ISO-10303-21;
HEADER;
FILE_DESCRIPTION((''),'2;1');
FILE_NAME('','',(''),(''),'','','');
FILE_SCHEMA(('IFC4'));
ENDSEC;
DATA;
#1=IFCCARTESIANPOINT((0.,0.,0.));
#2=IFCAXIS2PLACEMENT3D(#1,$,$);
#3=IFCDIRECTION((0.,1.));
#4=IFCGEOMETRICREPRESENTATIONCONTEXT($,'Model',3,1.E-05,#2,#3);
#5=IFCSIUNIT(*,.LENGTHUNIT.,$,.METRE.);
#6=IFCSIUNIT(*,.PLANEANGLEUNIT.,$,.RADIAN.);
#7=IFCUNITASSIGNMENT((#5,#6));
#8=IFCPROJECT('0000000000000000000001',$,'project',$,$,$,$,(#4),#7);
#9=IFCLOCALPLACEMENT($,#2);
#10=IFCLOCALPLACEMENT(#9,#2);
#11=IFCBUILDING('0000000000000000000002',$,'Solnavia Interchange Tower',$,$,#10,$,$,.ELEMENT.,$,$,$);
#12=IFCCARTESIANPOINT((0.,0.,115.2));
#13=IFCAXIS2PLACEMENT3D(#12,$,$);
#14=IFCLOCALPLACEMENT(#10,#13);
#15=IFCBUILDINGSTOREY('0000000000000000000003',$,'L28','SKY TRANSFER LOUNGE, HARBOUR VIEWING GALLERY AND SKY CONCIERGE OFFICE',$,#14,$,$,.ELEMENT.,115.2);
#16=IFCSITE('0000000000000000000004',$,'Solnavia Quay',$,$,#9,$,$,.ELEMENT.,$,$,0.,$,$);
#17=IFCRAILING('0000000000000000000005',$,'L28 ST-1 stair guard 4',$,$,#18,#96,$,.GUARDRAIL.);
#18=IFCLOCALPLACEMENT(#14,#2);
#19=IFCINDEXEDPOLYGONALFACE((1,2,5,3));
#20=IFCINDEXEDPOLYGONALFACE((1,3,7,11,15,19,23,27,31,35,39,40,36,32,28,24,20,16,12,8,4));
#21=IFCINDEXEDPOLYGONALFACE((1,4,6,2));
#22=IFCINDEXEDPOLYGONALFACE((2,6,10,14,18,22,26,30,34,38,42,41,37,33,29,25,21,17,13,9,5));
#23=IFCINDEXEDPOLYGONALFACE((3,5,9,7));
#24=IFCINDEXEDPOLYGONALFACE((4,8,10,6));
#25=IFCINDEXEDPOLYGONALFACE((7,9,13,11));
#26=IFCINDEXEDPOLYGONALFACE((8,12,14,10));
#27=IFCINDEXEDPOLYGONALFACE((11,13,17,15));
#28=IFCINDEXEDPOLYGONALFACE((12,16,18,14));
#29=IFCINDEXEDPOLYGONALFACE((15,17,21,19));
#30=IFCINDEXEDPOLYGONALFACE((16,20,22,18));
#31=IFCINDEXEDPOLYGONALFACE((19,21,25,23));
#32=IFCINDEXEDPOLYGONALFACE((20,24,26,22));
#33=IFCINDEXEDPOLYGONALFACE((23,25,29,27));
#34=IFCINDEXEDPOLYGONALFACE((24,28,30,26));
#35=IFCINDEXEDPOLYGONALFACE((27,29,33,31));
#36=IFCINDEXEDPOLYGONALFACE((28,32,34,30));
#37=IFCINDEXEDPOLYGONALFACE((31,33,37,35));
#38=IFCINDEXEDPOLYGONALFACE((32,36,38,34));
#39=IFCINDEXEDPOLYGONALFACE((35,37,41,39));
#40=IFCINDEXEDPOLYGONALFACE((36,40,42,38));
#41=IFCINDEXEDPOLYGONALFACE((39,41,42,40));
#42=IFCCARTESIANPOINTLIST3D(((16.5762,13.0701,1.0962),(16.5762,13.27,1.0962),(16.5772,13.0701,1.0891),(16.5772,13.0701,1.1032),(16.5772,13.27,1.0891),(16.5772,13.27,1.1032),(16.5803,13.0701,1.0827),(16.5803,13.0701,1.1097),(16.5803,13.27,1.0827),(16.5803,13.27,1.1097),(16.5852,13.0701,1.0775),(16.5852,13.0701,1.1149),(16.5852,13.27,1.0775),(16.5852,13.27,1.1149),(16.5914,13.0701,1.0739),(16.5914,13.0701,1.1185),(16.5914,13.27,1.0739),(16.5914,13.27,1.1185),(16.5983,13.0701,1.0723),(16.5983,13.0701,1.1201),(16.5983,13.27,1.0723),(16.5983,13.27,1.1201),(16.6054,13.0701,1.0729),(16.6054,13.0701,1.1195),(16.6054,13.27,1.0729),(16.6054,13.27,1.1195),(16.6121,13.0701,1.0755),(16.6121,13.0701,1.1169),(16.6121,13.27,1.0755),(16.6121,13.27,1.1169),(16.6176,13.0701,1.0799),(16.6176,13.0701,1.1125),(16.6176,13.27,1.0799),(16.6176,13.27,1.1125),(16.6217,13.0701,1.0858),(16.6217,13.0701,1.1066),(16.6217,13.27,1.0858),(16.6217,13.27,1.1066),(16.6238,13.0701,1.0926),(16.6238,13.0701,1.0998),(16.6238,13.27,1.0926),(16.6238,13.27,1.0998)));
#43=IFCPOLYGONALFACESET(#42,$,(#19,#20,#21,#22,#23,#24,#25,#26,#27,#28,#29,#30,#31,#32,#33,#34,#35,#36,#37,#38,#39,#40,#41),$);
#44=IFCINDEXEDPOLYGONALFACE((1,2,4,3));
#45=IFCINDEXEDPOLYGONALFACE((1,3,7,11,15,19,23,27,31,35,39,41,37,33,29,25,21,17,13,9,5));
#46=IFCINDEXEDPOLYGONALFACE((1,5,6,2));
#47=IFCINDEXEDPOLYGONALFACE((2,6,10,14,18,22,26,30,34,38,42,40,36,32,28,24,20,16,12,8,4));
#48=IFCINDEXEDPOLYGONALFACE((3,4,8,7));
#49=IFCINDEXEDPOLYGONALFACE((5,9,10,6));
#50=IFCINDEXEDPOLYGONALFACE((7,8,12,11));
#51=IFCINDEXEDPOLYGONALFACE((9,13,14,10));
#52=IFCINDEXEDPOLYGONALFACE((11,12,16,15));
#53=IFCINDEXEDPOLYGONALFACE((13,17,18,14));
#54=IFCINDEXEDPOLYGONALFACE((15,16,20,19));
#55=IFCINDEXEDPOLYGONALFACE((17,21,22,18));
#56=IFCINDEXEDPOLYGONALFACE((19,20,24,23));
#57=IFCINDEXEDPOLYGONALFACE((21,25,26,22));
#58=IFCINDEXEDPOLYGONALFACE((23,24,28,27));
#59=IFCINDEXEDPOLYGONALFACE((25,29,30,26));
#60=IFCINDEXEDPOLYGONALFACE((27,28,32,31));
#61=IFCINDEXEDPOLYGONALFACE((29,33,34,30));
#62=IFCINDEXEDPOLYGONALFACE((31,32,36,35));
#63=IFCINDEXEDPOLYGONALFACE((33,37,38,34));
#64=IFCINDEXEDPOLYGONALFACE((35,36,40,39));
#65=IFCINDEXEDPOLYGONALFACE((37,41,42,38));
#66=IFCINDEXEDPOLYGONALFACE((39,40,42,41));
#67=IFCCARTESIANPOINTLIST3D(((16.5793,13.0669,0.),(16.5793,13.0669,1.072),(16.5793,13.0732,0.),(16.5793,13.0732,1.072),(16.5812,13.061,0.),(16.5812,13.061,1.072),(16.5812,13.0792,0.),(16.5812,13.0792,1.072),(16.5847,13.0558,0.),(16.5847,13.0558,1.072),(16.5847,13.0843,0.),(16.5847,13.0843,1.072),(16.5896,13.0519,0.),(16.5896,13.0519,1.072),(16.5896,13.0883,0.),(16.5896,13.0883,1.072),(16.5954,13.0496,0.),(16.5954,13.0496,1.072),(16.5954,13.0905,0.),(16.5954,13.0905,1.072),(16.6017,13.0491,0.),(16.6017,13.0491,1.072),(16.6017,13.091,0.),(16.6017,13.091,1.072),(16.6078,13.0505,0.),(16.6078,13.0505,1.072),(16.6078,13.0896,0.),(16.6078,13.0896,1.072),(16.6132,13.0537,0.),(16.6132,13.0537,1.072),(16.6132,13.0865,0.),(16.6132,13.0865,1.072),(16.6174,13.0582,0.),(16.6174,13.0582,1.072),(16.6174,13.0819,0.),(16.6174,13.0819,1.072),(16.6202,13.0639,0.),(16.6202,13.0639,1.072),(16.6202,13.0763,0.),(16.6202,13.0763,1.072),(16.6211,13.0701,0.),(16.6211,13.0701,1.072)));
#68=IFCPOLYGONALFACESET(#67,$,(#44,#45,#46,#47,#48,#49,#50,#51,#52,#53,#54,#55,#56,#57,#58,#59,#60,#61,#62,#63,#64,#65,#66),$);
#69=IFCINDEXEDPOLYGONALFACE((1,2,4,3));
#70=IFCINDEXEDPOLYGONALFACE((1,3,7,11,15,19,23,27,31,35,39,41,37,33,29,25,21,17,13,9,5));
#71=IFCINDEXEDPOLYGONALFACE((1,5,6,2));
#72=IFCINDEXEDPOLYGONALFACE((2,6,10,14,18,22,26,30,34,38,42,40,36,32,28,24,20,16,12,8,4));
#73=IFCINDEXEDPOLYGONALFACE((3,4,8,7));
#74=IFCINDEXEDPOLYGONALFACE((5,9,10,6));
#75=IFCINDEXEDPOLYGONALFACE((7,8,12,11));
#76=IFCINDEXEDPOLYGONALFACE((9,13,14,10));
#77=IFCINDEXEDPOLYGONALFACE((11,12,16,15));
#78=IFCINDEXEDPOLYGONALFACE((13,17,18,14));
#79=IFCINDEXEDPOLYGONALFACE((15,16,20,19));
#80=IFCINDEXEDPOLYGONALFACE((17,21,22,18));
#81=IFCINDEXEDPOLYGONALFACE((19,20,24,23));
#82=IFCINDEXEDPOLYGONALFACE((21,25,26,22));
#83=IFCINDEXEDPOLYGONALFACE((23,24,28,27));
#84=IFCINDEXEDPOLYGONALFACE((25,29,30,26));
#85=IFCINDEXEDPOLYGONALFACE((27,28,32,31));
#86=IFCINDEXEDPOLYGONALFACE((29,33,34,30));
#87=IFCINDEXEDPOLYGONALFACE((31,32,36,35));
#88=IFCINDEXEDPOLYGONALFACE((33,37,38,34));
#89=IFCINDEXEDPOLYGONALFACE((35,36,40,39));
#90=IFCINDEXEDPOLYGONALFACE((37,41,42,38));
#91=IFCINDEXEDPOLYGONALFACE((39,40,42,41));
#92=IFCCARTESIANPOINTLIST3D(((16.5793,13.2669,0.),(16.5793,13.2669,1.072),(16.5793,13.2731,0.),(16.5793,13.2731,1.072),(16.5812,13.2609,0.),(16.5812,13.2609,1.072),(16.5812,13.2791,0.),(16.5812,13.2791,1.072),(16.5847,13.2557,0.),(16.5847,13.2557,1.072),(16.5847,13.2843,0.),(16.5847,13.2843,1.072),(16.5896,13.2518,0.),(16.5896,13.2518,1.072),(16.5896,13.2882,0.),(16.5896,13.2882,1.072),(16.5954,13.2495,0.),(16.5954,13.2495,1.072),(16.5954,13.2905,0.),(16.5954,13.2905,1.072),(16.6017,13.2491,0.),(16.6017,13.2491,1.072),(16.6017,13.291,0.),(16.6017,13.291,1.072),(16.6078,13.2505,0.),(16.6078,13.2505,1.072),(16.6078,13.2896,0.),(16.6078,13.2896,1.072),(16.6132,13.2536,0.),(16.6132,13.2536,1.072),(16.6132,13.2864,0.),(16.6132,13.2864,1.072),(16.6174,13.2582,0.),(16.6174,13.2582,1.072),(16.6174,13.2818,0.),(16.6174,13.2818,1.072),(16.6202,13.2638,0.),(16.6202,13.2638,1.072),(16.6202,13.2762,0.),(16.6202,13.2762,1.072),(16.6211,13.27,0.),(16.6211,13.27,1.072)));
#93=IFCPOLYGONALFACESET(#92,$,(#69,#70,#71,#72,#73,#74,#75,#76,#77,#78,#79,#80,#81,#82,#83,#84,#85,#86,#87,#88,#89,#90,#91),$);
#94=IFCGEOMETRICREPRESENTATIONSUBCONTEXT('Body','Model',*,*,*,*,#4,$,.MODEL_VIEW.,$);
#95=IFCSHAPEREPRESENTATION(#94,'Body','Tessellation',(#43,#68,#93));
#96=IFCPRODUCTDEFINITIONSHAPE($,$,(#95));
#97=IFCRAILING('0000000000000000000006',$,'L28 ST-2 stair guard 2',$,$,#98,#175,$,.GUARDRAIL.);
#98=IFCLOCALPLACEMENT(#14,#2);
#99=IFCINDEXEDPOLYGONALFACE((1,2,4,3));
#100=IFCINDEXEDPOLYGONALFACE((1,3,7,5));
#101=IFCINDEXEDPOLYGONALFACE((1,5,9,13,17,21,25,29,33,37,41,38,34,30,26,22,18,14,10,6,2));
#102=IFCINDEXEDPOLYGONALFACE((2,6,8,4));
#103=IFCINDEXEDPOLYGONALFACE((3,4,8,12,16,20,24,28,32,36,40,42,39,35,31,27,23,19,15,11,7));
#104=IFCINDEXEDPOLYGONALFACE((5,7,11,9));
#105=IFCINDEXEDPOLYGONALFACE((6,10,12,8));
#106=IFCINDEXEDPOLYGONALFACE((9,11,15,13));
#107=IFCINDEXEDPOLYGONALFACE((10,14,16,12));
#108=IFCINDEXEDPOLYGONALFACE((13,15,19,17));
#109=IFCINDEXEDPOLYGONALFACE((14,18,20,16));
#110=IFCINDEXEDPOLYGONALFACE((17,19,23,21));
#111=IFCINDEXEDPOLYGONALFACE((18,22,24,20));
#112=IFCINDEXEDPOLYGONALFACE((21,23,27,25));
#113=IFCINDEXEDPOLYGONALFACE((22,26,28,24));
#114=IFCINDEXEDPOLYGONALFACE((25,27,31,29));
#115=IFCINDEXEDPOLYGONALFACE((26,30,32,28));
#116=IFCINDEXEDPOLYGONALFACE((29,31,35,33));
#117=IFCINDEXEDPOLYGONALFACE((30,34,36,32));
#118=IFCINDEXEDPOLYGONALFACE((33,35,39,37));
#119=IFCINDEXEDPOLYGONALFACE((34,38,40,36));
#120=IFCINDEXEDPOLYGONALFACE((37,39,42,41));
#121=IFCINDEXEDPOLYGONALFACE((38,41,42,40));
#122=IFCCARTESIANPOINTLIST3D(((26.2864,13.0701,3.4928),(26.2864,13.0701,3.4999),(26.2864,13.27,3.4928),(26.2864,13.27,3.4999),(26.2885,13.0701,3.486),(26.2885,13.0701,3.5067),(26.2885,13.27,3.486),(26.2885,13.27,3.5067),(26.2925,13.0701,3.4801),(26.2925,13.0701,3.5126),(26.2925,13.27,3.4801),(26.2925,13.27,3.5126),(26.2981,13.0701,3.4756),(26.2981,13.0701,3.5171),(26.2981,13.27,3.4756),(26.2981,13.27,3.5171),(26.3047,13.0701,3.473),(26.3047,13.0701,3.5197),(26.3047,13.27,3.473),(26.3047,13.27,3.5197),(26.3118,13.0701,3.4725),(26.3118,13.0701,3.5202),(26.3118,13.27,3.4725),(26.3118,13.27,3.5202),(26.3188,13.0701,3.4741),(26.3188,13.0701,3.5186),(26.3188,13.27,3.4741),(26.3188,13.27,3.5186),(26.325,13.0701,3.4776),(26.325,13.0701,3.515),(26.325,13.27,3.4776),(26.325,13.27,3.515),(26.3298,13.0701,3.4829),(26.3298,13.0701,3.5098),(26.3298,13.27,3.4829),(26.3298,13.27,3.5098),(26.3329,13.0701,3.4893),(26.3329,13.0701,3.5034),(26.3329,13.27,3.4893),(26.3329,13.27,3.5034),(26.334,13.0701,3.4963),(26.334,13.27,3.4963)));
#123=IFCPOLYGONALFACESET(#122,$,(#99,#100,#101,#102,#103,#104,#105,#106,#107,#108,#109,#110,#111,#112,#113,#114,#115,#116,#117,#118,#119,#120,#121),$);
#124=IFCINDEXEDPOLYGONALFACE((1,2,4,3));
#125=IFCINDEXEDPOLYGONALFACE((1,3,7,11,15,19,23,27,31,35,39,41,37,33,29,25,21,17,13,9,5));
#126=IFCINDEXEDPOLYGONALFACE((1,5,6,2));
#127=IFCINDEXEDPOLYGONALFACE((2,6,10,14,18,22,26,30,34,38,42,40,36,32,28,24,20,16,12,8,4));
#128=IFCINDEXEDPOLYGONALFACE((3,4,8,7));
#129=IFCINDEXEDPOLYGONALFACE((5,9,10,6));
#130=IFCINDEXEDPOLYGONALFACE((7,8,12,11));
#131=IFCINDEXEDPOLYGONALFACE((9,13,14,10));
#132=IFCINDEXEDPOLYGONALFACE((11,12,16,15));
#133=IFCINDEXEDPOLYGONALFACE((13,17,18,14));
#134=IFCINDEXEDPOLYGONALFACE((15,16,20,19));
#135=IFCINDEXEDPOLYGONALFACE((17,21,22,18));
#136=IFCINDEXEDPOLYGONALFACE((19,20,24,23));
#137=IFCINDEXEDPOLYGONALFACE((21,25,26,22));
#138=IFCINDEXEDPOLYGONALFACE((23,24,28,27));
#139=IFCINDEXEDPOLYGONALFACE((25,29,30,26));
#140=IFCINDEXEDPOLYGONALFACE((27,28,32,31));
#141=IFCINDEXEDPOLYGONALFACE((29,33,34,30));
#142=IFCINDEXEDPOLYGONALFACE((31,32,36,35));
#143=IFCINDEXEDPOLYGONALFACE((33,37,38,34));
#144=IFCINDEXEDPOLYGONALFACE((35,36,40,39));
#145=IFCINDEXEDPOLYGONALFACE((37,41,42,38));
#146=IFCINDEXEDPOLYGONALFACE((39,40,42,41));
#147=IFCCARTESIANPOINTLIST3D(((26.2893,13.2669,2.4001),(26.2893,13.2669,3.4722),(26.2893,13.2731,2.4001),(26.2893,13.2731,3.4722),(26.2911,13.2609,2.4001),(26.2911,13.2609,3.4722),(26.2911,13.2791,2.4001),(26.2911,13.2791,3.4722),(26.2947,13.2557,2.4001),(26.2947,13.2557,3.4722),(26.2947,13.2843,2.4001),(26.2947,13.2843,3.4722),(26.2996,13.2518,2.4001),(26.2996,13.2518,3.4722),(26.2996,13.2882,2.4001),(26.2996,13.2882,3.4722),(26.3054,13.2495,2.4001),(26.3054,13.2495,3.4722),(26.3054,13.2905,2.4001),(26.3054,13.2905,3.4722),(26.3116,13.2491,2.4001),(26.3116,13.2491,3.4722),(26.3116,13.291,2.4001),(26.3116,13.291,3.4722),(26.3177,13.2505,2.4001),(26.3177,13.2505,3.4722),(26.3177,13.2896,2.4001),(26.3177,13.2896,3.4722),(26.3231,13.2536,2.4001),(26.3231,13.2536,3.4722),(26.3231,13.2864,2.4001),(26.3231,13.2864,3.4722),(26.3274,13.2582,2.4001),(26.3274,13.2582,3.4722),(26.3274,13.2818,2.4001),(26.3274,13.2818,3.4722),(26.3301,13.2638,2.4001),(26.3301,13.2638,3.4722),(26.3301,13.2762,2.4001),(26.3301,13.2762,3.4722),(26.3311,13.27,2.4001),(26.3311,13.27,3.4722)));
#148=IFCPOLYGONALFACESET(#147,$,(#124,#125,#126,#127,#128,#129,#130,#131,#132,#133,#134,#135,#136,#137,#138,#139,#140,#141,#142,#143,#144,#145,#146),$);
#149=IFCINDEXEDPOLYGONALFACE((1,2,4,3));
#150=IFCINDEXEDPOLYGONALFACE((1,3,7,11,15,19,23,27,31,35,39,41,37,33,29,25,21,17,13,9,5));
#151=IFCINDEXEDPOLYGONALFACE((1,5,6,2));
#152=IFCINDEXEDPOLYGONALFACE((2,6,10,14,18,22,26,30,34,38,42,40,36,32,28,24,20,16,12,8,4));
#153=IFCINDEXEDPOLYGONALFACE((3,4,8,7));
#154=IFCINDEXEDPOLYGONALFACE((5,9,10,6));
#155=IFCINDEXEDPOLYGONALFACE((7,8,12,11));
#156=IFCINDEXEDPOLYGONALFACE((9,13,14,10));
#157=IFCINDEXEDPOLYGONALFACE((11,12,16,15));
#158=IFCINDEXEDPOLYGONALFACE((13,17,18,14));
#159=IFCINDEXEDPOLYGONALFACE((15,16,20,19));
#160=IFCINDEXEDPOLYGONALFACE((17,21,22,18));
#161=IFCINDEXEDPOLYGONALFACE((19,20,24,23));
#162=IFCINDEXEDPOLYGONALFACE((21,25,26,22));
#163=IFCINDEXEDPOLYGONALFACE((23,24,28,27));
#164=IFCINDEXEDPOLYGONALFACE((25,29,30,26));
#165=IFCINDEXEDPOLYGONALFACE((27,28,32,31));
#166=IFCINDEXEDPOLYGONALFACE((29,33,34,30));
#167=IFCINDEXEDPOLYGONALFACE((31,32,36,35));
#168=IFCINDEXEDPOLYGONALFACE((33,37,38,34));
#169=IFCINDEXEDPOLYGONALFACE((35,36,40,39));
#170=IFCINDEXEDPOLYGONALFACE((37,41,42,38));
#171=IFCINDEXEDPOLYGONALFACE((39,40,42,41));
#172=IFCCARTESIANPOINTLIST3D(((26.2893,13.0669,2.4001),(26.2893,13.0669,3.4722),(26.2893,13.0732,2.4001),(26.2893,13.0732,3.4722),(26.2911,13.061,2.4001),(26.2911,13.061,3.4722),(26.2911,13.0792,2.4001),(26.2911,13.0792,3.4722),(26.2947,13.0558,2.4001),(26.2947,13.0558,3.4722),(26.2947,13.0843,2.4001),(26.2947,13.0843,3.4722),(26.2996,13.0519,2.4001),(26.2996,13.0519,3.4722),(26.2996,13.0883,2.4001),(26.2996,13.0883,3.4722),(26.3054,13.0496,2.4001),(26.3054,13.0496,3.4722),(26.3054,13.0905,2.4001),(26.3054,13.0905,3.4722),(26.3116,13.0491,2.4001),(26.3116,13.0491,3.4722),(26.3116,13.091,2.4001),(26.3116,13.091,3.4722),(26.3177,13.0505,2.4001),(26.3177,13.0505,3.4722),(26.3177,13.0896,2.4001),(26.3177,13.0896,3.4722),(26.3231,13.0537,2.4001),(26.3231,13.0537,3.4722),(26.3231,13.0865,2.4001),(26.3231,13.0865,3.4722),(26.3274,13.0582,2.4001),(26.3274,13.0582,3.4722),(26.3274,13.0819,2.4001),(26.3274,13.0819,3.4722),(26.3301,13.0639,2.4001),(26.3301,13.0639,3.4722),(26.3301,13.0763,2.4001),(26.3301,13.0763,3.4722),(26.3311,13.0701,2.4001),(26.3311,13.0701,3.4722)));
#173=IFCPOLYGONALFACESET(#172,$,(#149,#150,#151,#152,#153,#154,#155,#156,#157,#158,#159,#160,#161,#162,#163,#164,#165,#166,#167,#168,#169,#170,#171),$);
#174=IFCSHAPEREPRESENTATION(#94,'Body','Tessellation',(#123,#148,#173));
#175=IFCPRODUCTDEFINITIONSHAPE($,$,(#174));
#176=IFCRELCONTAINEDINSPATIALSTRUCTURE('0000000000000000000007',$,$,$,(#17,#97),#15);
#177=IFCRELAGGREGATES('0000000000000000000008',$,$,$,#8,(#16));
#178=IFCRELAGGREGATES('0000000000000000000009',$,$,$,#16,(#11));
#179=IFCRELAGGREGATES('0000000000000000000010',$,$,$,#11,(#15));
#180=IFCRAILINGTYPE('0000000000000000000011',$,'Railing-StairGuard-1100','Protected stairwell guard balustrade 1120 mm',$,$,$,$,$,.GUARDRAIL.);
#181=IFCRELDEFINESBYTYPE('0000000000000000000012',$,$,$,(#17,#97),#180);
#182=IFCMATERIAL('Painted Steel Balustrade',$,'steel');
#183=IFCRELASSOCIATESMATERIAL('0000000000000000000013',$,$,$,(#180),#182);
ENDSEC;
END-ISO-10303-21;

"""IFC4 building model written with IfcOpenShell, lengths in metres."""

from ifc_helpers import new_model, si_unit, direction, frame, origin, origin_2d, place, context, subcontext, project, spatial, circle, extrude, material, type_object, element, save


model = new_model("IFC4")

# Units and contexts
model_context = context("Model", 3, precision=1e-05, world=origin(), true_north=direction((0.0, 1.0)))
body_context = subcontext(model_context, "Body", "Model", "MODEL_VIEW")
ifc_project = project(units=[si_unit("LENGTHUNIT", "METRE"), si_unit("PLANEANGLEUNIT", "RADIAN")], contexts=[model_context])

# Site, building, storey
site_placement = place(None, origin())
site = spatial("IfcSite", under=ifc_project, at=site_placement, Name="Solnavia Quay", CompositionType="ELEMENT", RefElevation=0.0)
building_placement = place(site_placement, origin())
building = spatial("IfcBuilding", under=site, at=building_placement, Name="Solnavia Interchange Tower", CompositionType="ELEMENT")
storey_placement = place(building_placement, frame((0.0, 0.0, 115.2)))
storey = spatial("IfcBuildingStorey", under=building, at=storey_placement, Name="L28", Description="SKY TRANSFER LOUNGE, HARBOUR VIEWING GALLERY AND SKY CONCIERGE OFFICE", CompositionType="ELEMENT", Elevation=115.2)

# Railings
ifc_material_1 = material(Name="Painted Steel Balustrade", Category="steel")
railing_type_1 = type_object("IfcRailingType", Name="Railing-StairGuard-1100", Description="Protected stairwell guard balustrade 1120 mm", PredefinedType="GUARDRAIL", material=ifc_material_1)
railing_1_placement = place(storey_placement, frame((16.6001, 13.0701, 0.0)))
element("IfcRailing", 1, at=railing_1_placement, inside=storey, type_object=railing_type_1, Name="L28 ST-1 stair guard 4", PredefinedType="GUARDRAIL", context=body_context, shape_type="SweptSolid", body=[
    extrude(circle(Radius=0.0239, at=origin_2d()), frame((0.0, 0.0, 1.0962), z_axis=(0.0, 1.0, 0.0), x_axis=(-1.0, 0.0, 0.0)), (0.0, 0.0, 1.0), 0.2),
    extrude(circle(Radius=0.021, at=origin_2d()), origin(), (0.0, 0.0, 1.0), 1.072),
    extrude(circle(Radius=0.021, at=origin_2d()), frame((0.0, 0.2, 0.0)), (0.0, 0.0, 1.0), 1.072),
])
railing_2_placement = place(storey_placement, frame((26.3101, 13.27, 2.4001)))
element("IfcRailing", 2, at=railing_2_placement, inside=storey, type_object=railing_type_1, Name="L28 ST-2 stair guard 2", PredefinedType="GUARDRAIL", context=body_context, shape_type="SweptSolid", body=[
    extrude(circle(Radius=0.0239, at=origin_2d()), frame((0.0, 0.0, 1.0962), z_axis=(0.0, -1.0, 0.0), x_axis=(1.0, 0.0, 0.0)), (0.0, 0.0, 1.0), 0.2),
    extrude(circle(Radius=0.021, at=origin_2d()), origin(), (0.0, 0.0, 1.0), 1.072),
    extrude(circle(Radius=0.021, at=origin_2d()), frame((0.0, -0.2, 0.0)), (0.0, 0.0, 1.0), 1.072),
])

save(model, "model.ifc")
